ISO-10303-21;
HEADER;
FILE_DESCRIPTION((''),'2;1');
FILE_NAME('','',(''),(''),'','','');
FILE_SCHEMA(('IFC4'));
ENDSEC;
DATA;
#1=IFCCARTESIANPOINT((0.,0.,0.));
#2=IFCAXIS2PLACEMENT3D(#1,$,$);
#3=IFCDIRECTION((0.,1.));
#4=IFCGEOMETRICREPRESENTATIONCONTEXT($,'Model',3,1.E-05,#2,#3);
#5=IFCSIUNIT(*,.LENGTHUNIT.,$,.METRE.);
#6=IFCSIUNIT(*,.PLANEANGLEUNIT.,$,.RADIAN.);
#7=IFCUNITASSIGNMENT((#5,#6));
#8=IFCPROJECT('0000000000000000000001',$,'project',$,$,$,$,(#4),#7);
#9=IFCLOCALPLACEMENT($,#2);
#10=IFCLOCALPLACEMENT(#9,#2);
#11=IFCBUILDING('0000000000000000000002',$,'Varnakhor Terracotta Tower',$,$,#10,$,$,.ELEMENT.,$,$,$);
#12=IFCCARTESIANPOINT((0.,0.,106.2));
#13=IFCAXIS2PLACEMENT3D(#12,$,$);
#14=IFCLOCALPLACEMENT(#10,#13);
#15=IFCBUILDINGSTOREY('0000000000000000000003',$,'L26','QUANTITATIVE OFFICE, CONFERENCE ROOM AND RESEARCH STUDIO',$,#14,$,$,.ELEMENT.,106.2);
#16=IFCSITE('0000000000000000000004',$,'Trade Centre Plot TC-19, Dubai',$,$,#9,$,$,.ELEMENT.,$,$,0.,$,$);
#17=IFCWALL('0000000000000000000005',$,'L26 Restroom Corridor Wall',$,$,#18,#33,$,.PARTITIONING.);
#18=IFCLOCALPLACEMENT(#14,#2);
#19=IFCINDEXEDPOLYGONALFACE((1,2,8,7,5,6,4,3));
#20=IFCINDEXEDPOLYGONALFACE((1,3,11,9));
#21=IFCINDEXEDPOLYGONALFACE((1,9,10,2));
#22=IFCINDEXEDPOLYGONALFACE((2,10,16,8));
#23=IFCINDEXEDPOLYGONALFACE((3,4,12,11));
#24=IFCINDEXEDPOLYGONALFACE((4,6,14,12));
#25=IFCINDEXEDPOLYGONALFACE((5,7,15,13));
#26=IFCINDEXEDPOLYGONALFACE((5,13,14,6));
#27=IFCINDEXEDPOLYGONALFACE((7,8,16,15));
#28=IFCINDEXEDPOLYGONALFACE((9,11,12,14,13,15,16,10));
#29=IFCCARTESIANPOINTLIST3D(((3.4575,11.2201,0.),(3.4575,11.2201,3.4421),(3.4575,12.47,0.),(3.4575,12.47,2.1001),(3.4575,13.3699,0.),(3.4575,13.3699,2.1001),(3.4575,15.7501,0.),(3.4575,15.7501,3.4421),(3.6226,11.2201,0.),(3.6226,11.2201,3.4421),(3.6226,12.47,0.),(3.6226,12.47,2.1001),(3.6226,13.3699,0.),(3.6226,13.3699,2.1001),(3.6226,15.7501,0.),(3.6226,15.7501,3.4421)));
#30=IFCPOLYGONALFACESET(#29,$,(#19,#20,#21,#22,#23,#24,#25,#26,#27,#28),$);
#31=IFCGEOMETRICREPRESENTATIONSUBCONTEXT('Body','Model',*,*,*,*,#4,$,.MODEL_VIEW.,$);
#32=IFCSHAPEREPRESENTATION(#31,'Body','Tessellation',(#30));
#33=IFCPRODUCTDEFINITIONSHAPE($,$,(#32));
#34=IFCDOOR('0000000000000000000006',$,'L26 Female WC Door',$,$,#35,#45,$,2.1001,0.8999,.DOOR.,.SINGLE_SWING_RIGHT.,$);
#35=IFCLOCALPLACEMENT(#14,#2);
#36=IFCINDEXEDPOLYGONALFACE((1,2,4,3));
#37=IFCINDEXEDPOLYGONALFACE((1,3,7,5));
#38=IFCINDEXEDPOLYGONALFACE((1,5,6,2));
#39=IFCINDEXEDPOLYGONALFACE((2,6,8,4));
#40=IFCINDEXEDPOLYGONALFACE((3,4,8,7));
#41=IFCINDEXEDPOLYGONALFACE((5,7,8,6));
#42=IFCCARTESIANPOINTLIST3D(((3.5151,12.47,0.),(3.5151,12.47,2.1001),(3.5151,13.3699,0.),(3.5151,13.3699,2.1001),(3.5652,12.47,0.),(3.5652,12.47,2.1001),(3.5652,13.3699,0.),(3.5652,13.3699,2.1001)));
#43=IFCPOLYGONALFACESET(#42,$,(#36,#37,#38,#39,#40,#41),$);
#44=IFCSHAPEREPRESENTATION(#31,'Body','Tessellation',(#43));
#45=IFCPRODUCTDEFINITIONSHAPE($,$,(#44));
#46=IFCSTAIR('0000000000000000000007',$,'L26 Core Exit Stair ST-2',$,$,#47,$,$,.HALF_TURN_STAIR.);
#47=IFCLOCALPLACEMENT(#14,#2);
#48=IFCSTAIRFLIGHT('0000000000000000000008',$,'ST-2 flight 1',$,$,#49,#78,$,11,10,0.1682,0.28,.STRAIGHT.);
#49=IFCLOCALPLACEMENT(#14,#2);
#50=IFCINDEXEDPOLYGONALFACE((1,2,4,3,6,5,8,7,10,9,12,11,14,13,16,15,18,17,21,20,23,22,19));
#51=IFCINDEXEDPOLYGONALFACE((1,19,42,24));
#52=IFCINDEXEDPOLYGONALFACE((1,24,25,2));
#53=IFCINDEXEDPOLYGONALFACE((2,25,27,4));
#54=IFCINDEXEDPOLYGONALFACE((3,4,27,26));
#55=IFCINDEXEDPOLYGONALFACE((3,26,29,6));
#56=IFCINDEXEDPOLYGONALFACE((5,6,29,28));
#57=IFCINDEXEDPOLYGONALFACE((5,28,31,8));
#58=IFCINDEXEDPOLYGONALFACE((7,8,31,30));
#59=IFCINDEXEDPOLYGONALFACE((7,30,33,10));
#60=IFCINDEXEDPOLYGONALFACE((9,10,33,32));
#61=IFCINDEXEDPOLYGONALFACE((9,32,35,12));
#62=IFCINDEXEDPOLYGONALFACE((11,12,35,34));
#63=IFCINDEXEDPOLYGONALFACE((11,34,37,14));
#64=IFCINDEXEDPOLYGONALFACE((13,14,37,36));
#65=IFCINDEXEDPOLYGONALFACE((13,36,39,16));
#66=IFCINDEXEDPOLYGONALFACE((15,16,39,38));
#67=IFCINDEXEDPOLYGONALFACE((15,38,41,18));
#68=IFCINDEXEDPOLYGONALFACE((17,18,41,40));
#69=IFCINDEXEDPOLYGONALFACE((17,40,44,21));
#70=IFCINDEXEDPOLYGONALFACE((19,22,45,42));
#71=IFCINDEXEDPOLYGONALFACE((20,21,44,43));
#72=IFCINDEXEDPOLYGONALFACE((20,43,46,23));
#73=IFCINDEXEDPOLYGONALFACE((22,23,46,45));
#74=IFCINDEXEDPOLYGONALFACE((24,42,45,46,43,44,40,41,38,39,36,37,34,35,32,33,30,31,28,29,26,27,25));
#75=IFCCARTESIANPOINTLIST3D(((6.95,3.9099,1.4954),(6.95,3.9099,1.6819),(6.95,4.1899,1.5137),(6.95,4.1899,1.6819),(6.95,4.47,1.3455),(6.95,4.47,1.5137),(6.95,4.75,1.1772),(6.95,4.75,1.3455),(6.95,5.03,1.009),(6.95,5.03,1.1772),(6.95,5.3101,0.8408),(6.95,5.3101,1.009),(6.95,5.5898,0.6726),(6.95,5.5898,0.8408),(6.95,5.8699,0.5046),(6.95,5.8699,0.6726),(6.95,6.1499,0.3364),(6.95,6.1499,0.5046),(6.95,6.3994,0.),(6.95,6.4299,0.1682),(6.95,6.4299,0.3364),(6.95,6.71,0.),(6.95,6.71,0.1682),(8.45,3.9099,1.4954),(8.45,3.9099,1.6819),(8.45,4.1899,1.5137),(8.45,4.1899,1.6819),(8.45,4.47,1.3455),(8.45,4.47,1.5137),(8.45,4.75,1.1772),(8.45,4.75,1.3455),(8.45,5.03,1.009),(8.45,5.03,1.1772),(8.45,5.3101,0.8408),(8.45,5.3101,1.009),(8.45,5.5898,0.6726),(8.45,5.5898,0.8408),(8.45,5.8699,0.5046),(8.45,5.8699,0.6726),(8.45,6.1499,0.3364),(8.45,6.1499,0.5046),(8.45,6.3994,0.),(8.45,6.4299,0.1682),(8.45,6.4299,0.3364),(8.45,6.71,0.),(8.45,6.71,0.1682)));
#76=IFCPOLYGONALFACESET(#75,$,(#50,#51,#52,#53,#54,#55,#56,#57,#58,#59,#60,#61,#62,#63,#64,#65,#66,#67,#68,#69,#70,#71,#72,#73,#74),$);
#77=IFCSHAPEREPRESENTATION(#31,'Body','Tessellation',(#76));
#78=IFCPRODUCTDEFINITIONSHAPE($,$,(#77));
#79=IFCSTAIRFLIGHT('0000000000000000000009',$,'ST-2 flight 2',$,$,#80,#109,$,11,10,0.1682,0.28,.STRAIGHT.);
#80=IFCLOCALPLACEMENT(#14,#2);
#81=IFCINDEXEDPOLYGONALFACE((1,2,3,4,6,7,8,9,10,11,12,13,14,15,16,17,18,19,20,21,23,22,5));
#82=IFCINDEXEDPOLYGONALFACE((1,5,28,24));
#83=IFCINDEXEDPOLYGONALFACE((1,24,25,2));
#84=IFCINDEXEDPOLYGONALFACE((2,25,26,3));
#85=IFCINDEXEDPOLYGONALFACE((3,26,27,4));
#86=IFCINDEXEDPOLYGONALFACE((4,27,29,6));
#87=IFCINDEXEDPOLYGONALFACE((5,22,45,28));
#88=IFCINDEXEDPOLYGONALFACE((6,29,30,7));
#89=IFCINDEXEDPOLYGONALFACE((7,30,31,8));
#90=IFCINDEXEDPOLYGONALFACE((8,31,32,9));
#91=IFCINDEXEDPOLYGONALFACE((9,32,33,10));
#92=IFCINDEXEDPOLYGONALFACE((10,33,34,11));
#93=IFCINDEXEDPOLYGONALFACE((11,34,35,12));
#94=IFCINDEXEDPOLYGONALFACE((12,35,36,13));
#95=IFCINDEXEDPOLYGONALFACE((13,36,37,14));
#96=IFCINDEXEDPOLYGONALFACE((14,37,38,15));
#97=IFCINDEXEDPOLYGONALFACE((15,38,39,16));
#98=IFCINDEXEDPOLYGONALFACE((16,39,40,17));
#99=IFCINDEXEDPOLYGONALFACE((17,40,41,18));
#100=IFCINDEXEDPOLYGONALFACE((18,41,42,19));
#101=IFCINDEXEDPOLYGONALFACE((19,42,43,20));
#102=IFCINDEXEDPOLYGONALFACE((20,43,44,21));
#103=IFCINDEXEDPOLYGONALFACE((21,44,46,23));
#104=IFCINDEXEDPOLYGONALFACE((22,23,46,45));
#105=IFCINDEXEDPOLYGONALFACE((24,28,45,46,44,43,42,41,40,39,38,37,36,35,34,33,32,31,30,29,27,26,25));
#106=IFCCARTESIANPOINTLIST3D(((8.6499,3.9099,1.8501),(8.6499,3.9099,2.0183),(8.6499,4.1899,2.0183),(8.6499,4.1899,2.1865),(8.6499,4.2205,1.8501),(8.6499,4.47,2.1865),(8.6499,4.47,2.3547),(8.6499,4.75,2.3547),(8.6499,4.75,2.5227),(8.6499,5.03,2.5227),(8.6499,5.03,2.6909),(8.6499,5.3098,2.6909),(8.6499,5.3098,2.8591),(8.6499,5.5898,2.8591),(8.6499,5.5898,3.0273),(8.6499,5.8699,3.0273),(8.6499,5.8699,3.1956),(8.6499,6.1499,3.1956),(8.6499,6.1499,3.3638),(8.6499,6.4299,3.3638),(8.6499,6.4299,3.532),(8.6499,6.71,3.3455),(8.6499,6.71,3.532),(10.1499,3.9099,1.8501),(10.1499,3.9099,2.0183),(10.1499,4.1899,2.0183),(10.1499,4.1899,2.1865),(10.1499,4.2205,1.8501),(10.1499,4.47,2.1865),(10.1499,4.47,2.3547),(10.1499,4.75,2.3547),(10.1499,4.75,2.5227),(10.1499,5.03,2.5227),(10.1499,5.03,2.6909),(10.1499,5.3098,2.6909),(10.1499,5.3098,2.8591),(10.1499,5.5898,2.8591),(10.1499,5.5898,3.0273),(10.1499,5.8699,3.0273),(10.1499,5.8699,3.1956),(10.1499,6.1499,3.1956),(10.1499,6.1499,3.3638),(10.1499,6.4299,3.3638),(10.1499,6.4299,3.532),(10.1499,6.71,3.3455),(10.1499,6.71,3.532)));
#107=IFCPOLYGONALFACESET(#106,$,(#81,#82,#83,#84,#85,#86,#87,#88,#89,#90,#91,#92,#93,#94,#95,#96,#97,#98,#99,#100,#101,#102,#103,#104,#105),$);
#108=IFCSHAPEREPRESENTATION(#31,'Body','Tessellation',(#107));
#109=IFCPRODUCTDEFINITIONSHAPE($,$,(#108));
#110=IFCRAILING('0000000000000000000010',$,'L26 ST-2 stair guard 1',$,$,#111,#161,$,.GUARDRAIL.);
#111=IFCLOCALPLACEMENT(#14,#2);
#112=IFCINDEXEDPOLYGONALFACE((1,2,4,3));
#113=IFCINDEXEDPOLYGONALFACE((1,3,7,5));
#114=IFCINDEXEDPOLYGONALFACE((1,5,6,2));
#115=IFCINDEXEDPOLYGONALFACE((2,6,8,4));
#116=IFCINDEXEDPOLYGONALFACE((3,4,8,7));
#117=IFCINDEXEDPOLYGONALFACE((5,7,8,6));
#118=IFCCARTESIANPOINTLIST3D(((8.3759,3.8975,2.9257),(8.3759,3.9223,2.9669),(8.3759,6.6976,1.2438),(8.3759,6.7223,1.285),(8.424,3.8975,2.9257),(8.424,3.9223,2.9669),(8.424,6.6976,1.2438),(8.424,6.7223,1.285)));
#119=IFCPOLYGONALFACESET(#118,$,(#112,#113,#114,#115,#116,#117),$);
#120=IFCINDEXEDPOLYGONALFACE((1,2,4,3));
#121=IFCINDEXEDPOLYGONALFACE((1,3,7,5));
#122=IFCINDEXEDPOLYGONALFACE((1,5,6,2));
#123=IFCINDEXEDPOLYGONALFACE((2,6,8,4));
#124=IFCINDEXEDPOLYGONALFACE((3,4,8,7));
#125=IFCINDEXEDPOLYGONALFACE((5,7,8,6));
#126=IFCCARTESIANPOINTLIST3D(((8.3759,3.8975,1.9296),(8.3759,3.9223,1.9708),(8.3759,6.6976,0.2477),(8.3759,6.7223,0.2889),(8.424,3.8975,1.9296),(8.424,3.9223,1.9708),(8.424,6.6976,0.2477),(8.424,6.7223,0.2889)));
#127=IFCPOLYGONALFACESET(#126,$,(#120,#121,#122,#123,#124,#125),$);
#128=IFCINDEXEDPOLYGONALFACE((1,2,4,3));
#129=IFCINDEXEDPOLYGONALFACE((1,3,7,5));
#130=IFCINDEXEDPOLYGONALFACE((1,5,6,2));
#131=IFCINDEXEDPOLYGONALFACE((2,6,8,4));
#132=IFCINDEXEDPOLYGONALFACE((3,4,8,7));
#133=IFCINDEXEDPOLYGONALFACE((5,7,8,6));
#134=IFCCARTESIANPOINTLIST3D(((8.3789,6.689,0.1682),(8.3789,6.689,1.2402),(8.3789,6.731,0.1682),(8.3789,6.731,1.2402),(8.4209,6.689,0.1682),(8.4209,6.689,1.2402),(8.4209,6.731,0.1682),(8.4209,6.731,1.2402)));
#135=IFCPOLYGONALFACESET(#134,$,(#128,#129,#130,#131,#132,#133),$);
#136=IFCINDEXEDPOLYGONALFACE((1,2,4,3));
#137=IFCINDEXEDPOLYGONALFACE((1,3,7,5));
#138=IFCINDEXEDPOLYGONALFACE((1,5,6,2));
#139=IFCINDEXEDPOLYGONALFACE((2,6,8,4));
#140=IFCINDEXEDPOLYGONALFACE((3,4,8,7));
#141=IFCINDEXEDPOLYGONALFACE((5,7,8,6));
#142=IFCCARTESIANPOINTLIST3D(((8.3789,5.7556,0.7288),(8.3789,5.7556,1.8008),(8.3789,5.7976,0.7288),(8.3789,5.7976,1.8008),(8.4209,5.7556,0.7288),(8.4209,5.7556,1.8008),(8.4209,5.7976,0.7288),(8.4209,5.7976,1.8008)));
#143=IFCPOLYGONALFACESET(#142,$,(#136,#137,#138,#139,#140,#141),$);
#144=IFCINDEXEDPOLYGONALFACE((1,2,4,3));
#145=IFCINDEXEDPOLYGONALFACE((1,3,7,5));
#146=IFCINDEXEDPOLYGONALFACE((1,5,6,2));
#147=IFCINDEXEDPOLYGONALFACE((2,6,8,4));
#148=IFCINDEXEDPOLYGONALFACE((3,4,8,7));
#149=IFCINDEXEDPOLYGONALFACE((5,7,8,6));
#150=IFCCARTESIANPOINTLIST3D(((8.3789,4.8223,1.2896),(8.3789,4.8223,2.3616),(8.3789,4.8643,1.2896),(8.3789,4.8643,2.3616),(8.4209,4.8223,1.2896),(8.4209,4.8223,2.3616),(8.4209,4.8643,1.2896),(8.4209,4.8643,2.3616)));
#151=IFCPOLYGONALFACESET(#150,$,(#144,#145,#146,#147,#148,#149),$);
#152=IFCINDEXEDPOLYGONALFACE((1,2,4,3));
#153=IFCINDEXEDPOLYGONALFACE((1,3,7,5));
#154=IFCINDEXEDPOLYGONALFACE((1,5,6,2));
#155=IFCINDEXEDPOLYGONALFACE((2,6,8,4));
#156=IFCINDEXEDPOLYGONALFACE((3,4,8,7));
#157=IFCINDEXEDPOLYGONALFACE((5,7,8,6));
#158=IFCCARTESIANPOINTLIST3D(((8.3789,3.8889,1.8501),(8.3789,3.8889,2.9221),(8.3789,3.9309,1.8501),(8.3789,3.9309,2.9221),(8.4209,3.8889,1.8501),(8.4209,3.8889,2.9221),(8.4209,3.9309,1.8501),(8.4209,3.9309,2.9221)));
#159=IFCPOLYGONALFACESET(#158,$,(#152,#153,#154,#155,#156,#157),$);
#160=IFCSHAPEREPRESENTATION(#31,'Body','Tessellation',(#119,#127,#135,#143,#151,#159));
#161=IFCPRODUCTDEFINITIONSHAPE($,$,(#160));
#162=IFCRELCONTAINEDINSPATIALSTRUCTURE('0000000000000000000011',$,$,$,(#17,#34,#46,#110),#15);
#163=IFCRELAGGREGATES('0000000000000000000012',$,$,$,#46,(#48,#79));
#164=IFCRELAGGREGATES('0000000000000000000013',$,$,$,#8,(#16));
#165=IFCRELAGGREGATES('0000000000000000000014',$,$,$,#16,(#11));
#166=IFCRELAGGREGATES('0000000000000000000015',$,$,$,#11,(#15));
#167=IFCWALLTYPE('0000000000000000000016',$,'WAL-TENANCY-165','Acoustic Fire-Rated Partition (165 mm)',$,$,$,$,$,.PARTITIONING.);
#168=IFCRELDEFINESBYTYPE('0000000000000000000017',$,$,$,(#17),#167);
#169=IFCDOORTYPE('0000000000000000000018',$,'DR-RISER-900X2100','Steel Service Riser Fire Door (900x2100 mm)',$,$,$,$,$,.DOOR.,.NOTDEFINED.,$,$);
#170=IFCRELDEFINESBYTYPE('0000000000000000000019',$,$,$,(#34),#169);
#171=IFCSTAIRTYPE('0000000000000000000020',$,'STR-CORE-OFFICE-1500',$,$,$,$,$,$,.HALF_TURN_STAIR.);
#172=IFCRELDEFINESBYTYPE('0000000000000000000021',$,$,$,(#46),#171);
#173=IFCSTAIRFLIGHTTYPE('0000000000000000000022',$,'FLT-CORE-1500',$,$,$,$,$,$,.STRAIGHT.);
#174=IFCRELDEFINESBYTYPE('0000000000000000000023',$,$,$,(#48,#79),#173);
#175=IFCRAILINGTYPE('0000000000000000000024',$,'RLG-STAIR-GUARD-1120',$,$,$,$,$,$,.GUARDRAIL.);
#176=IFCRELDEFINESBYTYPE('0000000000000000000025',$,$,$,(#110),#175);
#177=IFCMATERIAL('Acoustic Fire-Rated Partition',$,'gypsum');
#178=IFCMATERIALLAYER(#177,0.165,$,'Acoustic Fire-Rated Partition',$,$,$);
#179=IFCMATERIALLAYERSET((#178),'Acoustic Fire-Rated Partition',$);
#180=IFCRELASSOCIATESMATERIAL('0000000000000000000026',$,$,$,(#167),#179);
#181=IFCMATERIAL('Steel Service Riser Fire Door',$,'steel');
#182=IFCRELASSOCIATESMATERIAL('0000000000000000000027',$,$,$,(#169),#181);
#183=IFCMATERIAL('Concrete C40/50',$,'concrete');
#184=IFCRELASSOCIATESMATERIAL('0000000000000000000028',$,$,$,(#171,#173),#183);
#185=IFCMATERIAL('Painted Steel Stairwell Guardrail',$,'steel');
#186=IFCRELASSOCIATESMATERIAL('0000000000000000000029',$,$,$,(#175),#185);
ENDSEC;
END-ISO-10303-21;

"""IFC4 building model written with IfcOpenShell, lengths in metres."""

from ifc_helpers import new_model, si_unit, direction, frame, frame_2d, origin, origin_2d, place, context, subcontext, project, spatial, polyline, rectangle, outline, extrude, source, transform, mapped, material, layer, layer_set, type_object, type_shapes, element, fill, aggregate, save


model = new_model("IFC4")

# Units and contexts
model_context = context("Model", 3, precision=1e-05, world=origin(), true_north=direction((0.0, 1.0)))
body_context = subcontext(model_context, "Body", "Model", "MODEL_VIEW")
ifc_project = project(units=[si_unit("LENGTHUNIT", "METRE"), si_unit("PLANEANGLEUNIT", "RADIAN")], contexts=[model_context])

# Site, building, storey
site_placement = place(None, origin())
site = spatial("IfcSite", under=ifc_project, at=site_placement, Name="Trade Centre Plot TC-19, Dubai", CompositionType="ELEMENT", RefElevation=0.0)
building_placement = place(site_placement, origin())
building = spatial("IfcBuilding", under=site, at=building_placement, Name="Varnakhor Terracotta Tower", CompositionType="ELEMENT")
storey_placement = place(building_placement, frame((0.0, 0.0, 106.2)))
storey = spatial("IfcBuildingStorey", under=building, at=storey_placement, Name="L26", Description="QUANTITATIVE OFFICE, CONFERENCE ROOM AND RESEARCH STUDIO", CompositionType="ELEMENT", Elevation=106.2)

# Shared definitions
ifc_material_1 = material(Name="Concrete C40/50", Category="concrete")

# Shared definitions
ifc_material_2 = material(Name="Acoustic Fire-Rated Partition", Category="gypsum")
ifc_layer_1 = layer(ifc_material_2, 0.165, Name="Acoustic Fire-Rated Partition")
ifc_layer_set_1 = layer_set([ifc_layer_1], Name="Acoustic Fire-Rated Partition")
wall_type_1 = type_object("IfcWallType", Name="WAL-TENANCY-165", Description="Acoustic Fire-Rated Partition (165 mm)", PredefinedType="PARTITIONING", material=ifc_layer_set_1)
ifc_material_3 = material(Name="Steel Service Riser Fire Door", Category="steel")
door_type = type_object("IfcDoorType", Name="DR-RISER-900X2100", Description="Steel Service Riser Fire Door (900x2100 mm)", OperationType="NOTDEFINED", PredefinedType="DOOR", material=ifc_material_3)
shared_shape_1 = source(origin(), body_context, "Body", "SweptSolid", [
    extrude(rectangle(XDim=0.8999, YDim=2.1001, at=frame_2d((0.45, 1.05))), frame((0.0, 0.0249, 0.0), z_axis=(0.0, -1.0, 0.0), x_axis=(1.0, 0.0, 0.0)), (0.0, 0.0, 1.0), 0.05),
])
type_shapes(door_type, [shared_shape_1])

# Wall, opening, door
wall_1_placement = place(storey_placement, frame((3.54, 11.22, 0.0), z_axis=(0.0, 0.0, 1.0), x_axis=(0.0, 1.0, 0.0)))
wall_1 = element("IfcWall", 1, at=wall_1_placement, inside=storey, type_object=wall_type_1, Name="L26 Restroom Corridor Wall", PredefinedType="PARTITIONING", context=body_context, shape_type="SweptSolid", body=[
    extrude(rectangle(XDim=4.53, YDim=0.165, at=frame_2d((2.2651, 0.0))), origin(), (0.0, 0.0, 1.0), 3.4421),
])
opening_1_placement = place(wall_1_placement, frame((1.25, 0.0, 0.0)))
opening_1 = element("IfcOpeningElement", 2, at=opening_1_placement, cuts=wall_1, PredefinedType="OPENING", context=body_context, shape_type="SweptSolid", body=[
    extrude(rectangle(XDim=0.8999, YDim=2.1001, at=frame_2d((0.45, 1.05))), frame((0.0, 0.0925, 0.0), z_axis=(0.0, -1.0, 0.0), x_axis=(1.0, 0.0, 0.0)), (0.0, 0.0, 1.0), 0.1851),
])
door_1_placement = place(opening_1_placement, origin())
door_1 = element("IfcDoor", 3, at=door_1_placement, inside=storey, type_object=door_type, Name="L26 Female WC Door", OperationType="SINGLE_SWING_RIGHT", OverallHeight=2.1001, OverallWidth=0.8999, PredefinedType="DOOR", context=body_context, shape_type="MappedRepresentation", body=[
    mapped(shared_shape_1, transform((0.0, 0.0, 0.0), scale=1.0)),
])
fill(opening_1, door_1)

# Stair, stair flights
stair_type = type_object("IfcStairType", Name="STR-CORE-OFFICE-1500", PredefinedType="HALF_TURN_STAIR", material=ifc_material_1)
stair_placement = place(storey_placement, origin())
stair = element("IfcStair", 4, at=stair_placement, inside=storey, type_object=stair_type, Name="L26 Core Exit Stair ST-2", PredefinedType="HALF_TURN_STAIR")
stair_flight_type = type_object("IfcStairFlightType", Name="FLT-CORE-1500", PredefinedType="STRAIGHT", material=ifc_material_1)
stair_flight_1_placement = place(storey_placement, frame((7.7, 6.71, 0.0), z_axis=(0.0, 0.0, 1.0), x_axis=(0.0, -1.0, 0.0)))
stair_flight_1 = element("IfcStairFlight", 5, at=stair_flight_1_placement, type_object=stair_flight_type, Name="ST-2 flight 1", NumberOfRisers=11, NumberOfTreads=10, PredefinedType="STRAIGHT", RiserHeight=0.1682, TreadLength=0.28, context=body_context, shape_type="SweptSolid", body=[
    extrude(outline(polyline([(0.0, 0.0), (0.0, 0.1682), (0.28, 0.1682), (0.28, 0.3364), (0.5601, 0.3364), (0.5601, 0.5046), (0.8401, 0.5046), (0.8401, 0.6726), (1.1201, 0.6726), (1.1201, 0.8408), (1.3999, 0.8408), (1.3999, 1.009), (1.6799, 1.009), (1.6799, 1.1772), (1.96, 1.1772), (1.96, 1.3455), (2.24, 1.3455), (2.24, 1.5137), (2.52, 1.5137), (2.52, 1.6819), (2.8, 1.6819), (2.8, 1.8501), (2.8, 1.4954), (0.3105, 0.0), (0.0, 0.0)])), frame((0.0, 0.75, 0.0), z_axis=(0.0, -1.0, 0.0), x_axis=(1.0, 0.0, 0.0)), (0.0, 0.0, 1.0), 1.5),
])
stair_flight_2_placement = place(storey_placement, frame((9.3999, 3.9099, 1.8501), z_axis=(0.0, 0.0, 1.0), x_axis=(0.0, 1.0, 0.0)))
stair_flight_2 = element("IfcStairFlight", 6, at=stair_flight_2_placement, type_object=stair_flight_type, Name="ST-2 flight 2", NumberOfRisers=11, NumberOfTreads=10, PredefinedType="STRAIGHT", RiserHeight=0.1682, TreadLength=0.28, context=body_context, shape_type="SweptSolid", body=[
    extrude(outline(polyline([(0.0, 0.0), (0.0, 0.1682), (0.28, 0.1682), (0.28, 0.3364), (0.5601, 0.3364), (0.5601, 0.5046), (0.8401, 0.5046), (0.8401, 0.6726), (1.1201, 0.6726), (1.1201, 0.8408), (1.3999, 0.8408), (1.3999, 1.009), (1.6799, 1.009), (1.6799, 1.1772), (1.96, 1.1772), (1.96, 1.3455), (2.24, 1.3455), (2.24, 1.5137), (2.52, 1.5137), (2.52, 1.6819), (2.8, 1.6819), (2.8, 1.8501), (2.8, 1.4954), (0.3105, 0.0), (0.0, 0.0)])), frame((0.0, 0.75, 0.0), z_axis=(0.0, -1.0, 0.0), x_axis=(1.0, 0.0, 0.0)), (0.0, 0.0, 1.0), 1.5),
])
aggregate(stair, [stair_flight_1, stair_flight_2])

# Railing
ifc_material_4 = material(Name="Painted Steel Stairwell Guardrail", Category="steel")
railing_type_1 = type_object("IfcRailingType", Name="RLG-STAIR-GUARD-1120", PredefinedType="GUARDRAIL", material=ifc_material_4)
railing_1_placement = place(storey_placement, frame((8.3999, 6.71, 0.1682)))
element("IfcRailing", 7, at=railing_1_placement, inside=storey, type_object=railing_type_1, Name="L26 ST-2 stair guard 1", PredefinedType="GUARDRAIL", context=body_context, shape_type="SweptSolid", body=[
    extrude(rectangle(XDim=0.0481, YDim=0.0481, at=origin_2d()), frame((0.0, 0.0, 1.0962), z_axis=(0.0, -0.857242, 0.514913), x_axis=(1.0, 0.0, 0.0)), (0.0, 0.0, 1.0), 3.2664),
    extrude(rectangle(XDim=0.0481, YDim=0.0481, at=origin_2d()), frame((0.0, 0.0, 0.1001), z_axis=(0.0, -0.857242, 0.514913), x_axis=(1.0, 0.0, 0.0)), (0.0, 0.0, 1.0), 3.2664),
    extrude(rectangle(XDim=0.042, YDim=0.042, at=origin_2d()), origin(), (0.0, 0.0, 1.0), 1.072),
    extrude(rectangle(XDim=0.042, YDim=0.042, at=origin_2d()), frame((0.0, -0.9333, 0.5605)), (0.0, 0.0, 1.0), 1.072),
    extrude(rectangle(XDim=0.042, YDim=0.042, at=origin_2d()), frame((0.0, -1.8667, 1.1213)), (0.0, 0.0, 1.0), 1.072),
    extrude(rectangle(XDim=0.042, YDim=0.042, at=origin_2d()), frame((0.0, -2.8, 1.6819)), (0.0, 0.0, 1.0), 1.072),
])

save(model, "model.ifc")
